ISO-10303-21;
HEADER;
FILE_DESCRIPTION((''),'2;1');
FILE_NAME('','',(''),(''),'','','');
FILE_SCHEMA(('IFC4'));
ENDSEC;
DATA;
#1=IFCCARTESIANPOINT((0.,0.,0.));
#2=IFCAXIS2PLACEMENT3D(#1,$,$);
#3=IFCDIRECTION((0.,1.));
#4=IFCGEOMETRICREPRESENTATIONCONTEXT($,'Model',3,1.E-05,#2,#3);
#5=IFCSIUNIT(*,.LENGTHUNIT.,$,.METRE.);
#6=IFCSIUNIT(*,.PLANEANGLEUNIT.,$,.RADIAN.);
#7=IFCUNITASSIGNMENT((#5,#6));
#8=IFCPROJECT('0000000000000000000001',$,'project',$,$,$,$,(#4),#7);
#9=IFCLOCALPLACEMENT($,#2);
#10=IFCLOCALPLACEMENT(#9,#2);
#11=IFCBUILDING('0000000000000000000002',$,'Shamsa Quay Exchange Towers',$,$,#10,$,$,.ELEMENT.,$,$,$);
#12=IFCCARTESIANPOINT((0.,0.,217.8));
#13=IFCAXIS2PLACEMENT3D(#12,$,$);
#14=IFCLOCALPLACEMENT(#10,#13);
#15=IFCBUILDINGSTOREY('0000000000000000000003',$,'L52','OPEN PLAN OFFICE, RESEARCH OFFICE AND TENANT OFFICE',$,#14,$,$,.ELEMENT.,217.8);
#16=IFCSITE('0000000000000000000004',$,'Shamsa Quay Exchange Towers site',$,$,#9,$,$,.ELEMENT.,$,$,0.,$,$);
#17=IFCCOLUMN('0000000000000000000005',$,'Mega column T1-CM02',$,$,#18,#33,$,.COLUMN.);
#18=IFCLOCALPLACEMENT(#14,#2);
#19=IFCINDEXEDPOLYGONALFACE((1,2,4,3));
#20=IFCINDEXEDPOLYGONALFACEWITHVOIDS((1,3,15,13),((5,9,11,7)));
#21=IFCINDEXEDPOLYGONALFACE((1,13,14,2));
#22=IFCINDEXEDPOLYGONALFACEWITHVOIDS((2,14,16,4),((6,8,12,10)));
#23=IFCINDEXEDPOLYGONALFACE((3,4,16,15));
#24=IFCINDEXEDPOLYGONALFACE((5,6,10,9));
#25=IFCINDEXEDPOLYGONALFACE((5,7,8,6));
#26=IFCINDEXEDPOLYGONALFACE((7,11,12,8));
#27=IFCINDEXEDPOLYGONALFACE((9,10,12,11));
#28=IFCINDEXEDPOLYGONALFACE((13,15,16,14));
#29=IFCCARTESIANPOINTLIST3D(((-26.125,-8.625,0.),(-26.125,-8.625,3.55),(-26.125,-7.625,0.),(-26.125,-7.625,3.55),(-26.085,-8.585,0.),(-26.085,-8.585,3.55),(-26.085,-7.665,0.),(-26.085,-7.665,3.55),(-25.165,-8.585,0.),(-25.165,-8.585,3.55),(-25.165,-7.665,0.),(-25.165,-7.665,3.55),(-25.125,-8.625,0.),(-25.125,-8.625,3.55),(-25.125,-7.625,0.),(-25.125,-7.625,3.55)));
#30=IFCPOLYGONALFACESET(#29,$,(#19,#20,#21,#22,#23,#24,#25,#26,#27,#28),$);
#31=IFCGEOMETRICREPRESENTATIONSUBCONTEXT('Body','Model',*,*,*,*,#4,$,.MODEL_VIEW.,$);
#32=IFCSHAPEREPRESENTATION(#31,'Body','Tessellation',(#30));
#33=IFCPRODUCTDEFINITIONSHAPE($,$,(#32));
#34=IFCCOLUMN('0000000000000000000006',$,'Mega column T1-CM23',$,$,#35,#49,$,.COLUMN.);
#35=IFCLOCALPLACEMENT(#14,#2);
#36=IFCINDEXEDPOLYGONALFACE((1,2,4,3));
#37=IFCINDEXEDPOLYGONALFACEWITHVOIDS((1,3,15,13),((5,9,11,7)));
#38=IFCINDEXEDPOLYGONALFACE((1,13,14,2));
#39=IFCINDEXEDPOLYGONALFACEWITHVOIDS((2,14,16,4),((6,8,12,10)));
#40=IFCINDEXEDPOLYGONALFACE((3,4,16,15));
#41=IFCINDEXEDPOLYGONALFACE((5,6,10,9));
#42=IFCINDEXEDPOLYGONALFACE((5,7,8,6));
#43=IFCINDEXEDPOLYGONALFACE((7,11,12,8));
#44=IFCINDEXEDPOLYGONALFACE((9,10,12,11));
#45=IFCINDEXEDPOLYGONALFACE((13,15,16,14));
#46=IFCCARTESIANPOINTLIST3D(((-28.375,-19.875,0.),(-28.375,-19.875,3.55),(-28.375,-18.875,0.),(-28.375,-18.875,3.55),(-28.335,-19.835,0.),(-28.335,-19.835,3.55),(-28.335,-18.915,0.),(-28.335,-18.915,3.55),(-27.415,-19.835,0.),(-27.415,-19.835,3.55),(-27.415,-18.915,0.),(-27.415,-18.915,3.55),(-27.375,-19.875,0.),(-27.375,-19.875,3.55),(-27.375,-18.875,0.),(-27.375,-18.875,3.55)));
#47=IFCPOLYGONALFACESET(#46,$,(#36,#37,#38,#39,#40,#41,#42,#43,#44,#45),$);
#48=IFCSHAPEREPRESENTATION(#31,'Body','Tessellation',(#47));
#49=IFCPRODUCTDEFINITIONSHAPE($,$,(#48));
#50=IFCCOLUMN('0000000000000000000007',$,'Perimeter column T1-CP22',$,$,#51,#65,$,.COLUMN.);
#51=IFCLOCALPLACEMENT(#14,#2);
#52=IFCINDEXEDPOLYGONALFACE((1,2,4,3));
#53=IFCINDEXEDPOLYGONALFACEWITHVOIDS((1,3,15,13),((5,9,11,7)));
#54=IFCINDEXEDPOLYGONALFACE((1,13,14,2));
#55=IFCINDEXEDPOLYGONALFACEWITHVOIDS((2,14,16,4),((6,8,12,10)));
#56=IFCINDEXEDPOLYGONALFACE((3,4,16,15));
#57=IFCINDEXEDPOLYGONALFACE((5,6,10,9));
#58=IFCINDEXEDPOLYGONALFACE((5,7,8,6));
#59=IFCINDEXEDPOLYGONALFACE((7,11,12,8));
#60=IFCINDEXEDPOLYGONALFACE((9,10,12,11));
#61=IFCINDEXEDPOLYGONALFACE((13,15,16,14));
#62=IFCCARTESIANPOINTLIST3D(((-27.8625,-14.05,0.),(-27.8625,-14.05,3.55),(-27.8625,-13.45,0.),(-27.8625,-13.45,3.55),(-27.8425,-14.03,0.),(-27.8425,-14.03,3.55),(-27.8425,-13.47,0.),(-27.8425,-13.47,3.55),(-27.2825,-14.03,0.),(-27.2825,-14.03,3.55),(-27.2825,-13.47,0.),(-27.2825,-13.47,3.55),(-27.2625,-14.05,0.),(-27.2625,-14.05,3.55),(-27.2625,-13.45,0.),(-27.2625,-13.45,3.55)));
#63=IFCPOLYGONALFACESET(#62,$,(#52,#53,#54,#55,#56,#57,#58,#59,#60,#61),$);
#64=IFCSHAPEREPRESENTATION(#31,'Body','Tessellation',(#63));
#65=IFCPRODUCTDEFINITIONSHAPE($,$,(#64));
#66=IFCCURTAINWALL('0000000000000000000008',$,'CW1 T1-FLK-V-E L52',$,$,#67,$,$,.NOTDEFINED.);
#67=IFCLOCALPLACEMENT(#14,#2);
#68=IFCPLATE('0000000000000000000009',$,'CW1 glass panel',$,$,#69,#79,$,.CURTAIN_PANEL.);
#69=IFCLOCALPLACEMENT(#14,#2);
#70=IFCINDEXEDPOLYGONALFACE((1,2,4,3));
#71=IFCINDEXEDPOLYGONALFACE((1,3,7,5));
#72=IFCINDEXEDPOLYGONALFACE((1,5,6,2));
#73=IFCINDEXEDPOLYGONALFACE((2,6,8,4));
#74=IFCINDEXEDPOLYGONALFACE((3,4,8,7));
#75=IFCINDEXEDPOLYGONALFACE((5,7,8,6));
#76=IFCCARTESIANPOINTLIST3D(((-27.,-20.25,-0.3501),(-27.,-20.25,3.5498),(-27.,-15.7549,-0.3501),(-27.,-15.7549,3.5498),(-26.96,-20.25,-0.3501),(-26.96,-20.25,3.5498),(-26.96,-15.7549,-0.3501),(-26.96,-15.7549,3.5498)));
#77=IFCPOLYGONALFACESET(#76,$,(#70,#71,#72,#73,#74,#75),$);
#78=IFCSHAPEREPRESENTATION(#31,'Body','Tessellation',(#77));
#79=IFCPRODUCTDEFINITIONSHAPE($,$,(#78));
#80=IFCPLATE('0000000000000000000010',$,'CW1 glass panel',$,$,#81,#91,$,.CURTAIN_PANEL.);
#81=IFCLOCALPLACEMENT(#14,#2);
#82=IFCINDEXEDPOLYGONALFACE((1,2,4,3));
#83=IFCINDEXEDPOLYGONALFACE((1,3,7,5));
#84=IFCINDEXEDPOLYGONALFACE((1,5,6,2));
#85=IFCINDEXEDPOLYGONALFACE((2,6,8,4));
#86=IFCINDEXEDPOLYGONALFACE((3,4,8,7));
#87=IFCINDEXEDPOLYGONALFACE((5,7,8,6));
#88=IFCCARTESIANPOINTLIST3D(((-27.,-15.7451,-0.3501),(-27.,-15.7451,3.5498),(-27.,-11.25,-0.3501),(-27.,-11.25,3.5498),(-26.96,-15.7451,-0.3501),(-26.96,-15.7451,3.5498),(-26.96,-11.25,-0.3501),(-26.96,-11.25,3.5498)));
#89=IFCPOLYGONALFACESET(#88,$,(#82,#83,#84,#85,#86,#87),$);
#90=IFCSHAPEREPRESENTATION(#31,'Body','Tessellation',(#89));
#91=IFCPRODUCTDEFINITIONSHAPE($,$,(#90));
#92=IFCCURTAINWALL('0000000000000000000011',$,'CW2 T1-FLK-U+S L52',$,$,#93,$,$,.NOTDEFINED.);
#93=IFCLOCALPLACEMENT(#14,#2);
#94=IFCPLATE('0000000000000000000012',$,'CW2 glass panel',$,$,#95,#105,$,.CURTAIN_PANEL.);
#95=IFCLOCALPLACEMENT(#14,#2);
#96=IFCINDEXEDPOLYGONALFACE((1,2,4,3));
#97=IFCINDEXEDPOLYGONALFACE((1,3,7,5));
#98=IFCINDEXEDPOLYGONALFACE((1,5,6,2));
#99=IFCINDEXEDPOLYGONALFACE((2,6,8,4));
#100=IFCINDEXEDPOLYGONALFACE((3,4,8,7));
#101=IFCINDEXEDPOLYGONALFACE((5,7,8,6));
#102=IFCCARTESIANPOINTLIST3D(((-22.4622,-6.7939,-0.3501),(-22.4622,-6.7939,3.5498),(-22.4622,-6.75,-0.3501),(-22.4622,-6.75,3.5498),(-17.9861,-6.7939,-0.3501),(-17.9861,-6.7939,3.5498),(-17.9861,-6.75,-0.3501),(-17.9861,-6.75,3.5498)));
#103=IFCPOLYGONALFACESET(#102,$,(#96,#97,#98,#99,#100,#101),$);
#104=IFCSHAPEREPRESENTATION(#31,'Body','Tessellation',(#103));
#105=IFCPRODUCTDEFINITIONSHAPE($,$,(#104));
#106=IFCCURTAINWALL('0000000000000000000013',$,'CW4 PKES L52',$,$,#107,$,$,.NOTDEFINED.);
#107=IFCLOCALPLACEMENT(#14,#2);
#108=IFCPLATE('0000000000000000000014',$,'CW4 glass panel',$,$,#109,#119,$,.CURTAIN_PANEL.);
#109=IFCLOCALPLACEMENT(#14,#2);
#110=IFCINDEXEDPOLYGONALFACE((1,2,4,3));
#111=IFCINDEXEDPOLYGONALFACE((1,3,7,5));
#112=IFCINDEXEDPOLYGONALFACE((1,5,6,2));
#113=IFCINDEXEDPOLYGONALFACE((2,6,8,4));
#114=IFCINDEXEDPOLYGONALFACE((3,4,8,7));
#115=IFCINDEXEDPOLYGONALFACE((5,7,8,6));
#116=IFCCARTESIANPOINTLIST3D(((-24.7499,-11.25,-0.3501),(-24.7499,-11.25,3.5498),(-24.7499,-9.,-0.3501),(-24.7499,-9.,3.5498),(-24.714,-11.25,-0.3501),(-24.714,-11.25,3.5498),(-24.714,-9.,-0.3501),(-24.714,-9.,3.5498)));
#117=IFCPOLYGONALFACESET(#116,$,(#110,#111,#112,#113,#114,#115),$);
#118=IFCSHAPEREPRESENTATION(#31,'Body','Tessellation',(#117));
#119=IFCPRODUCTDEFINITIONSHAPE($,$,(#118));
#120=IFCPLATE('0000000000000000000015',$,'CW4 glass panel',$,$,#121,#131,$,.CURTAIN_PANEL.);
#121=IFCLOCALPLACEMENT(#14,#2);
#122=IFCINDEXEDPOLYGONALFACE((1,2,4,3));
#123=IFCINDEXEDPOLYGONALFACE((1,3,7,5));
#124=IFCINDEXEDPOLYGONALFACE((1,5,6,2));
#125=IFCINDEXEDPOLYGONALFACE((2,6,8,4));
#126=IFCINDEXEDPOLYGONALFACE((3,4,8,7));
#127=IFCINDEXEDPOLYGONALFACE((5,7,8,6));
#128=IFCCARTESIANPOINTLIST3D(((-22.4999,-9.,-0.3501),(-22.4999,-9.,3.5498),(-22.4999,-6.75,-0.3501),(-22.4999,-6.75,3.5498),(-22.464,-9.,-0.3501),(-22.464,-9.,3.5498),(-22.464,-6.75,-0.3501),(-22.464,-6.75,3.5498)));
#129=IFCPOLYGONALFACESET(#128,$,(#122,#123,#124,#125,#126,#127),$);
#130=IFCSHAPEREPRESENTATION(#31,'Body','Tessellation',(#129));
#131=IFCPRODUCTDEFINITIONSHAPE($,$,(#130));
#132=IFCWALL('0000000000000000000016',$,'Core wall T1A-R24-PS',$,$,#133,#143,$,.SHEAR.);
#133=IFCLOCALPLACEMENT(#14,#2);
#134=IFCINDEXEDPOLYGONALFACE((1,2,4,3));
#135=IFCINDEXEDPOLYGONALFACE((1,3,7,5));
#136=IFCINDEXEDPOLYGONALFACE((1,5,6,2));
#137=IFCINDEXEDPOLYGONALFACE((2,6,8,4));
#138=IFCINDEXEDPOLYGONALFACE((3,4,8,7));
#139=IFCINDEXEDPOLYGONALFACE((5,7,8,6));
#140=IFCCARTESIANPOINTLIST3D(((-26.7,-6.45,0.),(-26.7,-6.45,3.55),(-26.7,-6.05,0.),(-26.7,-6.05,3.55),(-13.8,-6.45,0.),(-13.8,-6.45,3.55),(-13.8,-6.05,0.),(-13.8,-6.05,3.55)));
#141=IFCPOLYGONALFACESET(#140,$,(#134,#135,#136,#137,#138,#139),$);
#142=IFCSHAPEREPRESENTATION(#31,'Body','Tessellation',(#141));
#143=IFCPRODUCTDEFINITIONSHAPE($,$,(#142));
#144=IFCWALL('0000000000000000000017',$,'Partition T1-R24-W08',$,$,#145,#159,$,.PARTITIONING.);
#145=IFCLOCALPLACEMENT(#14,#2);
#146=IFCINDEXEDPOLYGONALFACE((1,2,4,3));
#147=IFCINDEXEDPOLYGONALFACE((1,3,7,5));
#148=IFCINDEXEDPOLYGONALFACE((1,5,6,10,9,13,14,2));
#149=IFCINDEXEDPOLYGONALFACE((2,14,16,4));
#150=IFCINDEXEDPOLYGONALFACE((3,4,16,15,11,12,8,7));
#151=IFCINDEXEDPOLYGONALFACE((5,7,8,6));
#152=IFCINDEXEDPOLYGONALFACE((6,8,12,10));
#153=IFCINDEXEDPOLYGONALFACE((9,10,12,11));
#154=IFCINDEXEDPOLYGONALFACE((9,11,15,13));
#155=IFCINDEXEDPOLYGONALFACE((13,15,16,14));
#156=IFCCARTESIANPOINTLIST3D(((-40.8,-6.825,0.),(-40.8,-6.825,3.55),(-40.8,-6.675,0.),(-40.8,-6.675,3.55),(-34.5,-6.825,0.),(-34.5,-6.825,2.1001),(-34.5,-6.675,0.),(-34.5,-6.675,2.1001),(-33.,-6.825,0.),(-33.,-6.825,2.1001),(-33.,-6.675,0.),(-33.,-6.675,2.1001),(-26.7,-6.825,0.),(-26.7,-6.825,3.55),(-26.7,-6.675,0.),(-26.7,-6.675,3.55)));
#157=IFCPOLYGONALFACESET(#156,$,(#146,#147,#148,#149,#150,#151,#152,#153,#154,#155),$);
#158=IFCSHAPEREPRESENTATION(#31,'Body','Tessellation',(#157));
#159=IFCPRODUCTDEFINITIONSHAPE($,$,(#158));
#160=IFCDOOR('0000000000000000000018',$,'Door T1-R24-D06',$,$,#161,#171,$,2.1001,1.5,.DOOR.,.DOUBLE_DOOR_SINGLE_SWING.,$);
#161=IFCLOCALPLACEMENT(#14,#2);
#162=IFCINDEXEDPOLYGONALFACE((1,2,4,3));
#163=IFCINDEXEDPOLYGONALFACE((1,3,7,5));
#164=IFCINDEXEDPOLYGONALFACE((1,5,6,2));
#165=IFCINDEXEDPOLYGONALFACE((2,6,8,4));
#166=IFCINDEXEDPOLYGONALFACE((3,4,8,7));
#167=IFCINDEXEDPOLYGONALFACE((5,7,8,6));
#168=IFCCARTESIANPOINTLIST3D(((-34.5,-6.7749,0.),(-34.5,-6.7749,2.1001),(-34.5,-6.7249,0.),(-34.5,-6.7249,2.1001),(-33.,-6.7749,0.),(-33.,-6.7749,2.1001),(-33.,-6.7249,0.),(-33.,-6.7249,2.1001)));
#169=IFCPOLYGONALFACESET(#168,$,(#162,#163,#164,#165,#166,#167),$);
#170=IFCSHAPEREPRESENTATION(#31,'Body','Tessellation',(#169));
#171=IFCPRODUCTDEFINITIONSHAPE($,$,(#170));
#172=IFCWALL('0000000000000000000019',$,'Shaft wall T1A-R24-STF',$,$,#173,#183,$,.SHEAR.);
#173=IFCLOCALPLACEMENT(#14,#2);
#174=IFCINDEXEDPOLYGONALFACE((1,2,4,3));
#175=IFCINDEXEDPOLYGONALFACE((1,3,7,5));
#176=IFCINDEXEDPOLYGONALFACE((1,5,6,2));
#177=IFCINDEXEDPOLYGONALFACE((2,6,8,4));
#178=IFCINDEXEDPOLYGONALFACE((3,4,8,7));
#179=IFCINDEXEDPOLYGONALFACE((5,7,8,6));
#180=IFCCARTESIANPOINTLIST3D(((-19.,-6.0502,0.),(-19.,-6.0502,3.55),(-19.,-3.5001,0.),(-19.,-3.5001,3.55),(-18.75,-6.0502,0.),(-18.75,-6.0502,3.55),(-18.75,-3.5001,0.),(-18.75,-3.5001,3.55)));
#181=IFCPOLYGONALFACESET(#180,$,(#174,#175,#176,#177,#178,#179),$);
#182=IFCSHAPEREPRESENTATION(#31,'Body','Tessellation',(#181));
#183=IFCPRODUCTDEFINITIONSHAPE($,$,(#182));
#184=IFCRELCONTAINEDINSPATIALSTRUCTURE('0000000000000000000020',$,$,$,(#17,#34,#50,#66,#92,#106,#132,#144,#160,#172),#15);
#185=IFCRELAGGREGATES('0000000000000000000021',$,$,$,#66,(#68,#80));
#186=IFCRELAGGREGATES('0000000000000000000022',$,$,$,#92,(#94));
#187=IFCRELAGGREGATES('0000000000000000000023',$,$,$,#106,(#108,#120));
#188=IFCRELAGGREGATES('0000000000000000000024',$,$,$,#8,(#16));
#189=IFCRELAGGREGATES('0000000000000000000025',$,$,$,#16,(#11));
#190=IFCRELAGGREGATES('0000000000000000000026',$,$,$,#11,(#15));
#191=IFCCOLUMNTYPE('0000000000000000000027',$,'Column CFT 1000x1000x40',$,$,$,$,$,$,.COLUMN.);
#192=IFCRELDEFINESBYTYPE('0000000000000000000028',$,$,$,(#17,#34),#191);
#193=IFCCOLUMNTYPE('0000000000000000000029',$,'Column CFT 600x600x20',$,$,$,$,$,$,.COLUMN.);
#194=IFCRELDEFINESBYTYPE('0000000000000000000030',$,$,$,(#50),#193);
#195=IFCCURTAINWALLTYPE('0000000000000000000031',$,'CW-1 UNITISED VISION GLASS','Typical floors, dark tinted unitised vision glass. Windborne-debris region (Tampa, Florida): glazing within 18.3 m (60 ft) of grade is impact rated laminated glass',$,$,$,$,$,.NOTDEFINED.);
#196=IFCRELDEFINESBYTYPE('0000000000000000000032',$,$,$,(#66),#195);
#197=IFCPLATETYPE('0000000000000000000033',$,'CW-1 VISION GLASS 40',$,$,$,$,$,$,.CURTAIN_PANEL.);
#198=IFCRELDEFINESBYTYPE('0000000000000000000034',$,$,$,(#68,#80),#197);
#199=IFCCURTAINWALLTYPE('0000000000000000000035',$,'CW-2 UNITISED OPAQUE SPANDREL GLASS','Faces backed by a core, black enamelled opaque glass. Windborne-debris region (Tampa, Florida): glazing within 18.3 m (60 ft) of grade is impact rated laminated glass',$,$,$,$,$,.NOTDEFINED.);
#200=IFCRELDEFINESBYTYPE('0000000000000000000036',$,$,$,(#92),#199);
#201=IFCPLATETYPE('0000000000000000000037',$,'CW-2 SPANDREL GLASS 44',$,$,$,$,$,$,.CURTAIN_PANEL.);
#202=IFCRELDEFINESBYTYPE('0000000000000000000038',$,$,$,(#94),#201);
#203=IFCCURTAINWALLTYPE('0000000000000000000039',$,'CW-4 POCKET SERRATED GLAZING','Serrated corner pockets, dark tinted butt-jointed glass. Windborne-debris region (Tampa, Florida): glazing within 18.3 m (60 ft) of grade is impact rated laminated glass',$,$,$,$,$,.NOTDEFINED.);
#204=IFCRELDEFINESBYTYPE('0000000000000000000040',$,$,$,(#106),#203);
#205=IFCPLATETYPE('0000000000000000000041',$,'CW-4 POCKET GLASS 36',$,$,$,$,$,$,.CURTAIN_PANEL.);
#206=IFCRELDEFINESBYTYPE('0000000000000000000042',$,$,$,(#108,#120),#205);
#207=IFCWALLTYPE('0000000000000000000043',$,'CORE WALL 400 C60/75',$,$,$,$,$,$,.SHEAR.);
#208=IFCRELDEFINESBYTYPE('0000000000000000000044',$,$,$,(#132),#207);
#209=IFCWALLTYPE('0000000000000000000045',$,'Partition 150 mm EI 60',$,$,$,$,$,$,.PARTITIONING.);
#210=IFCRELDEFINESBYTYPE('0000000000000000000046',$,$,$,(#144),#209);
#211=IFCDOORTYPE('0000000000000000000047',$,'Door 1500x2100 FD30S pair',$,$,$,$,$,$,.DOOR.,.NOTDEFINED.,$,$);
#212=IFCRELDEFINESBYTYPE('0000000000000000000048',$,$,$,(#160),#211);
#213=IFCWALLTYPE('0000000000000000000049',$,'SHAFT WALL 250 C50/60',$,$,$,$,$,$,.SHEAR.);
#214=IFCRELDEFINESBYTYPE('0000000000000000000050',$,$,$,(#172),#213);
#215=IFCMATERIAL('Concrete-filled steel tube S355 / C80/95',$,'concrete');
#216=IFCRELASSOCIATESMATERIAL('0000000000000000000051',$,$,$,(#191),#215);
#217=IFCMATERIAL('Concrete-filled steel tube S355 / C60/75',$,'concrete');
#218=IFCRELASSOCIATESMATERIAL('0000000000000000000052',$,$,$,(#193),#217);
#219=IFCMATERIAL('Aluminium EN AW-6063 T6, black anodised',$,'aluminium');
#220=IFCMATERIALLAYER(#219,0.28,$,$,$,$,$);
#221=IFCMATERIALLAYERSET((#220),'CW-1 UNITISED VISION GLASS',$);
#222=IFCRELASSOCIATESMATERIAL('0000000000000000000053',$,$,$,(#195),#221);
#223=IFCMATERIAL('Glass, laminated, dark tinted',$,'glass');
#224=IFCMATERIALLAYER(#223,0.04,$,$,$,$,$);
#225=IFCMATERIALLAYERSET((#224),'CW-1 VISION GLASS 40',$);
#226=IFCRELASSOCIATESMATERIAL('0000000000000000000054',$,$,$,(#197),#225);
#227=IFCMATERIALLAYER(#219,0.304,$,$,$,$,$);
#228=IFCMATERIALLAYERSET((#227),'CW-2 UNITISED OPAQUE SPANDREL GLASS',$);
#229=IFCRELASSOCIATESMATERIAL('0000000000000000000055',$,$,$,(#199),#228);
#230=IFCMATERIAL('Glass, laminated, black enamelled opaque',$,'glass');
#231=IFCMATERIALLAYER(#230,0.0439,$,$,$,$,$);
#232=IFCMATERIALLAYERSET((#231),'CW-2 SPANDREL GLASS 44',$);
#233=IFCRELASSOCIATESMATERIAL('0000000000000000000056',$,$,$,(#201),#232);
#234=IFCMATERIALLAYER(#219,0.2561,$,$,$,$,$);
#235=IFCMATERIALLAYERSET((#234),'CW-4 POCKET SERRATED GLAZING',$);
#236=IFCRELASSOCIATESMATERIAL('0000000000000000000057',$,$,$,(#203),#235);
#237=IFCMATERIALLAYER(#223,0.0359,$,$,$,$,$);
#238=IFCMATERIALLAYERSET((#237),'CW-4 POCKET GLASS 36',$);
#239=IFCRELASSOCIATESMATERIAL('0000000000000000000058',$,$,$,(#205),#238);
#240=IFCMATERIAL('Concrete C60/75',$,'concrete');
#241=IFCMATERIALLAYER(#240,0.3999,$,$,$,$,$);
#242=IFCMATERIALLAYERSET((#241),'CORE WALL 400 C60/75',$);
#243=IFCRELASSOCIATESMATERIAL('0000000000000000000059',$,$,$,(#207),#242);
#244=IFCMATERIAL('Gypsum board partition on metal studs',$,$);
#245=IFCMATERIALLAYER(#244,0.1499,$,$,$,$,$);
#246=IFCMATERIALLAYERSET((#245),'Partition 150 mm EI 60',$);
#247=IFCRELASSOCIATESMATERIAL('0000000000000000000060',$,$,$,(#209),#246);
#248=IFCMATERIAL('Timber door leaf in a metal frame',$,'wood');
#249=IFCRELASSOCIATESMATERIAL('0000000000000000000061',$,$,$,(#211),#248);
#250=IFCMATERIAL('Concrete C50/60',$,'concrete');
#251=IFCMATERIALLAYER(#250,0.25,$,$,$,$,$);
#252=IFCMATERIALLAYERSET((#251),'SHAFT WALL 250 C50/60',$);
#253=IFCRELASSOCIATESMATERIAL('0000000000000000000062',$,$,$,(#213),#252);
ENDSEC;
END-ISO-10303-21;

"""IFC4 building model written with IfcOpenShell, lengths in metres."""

from ifc_helpers import new_model, si_unit, direction, frame, frame_2d, origin, origin_2d, place, context, subcontext, project, spatial, rectangle, hollow_rectangle, extrude, material, layer, layer_set, material_profile, profile_set, type_object, element, fill, aggregate, save


model = new_model("IFC4")

# Units and contexts
model_context = context("Model", 3, precision=1e-05, world=origin(), true_north=direction((0.0, 1.0)))
body_context = subcontext(model_context, "Body", "Model", "MODEL_VIEW")
ifc_project = project(units=[si_unit("LENGTHUNIT", "METRE"), si_unit("PLANEANGLEUNIT", "RADIAN")], contexts=[model_context])

# Site, building, storey
site_placement = place(None, origin())
site = spatial("IfcSite", under=ifc_project, at=site_placement, Name="Shamsa Quay Exchange Towers site", CompositionType="ELEMENT", RefElevation=0.0)
building_placement = place(site_placement, origin())
building = spatial("IfcBuilding", under=site, at=building_placement, Name="Shamsa Quay Exchange Towers", CompositionType="ELEMENT")
storey_placement = place(building_placement, frame((0.0, 0.0, 217.8)))
storey = spatial("IfcBuildingStorey", under=building, at=storey_placement, Name="L52", Description="OPEN PLAN OFFICE, RESEARCH OFFICE AND TENANT OFFICE", CompositionType="ELEMENT", Elevation=217.8)

# Columns
ifc_material_1 = material(Name="Concrete-filled steel tube S355 / C80/95", Category="concrete")
ifc_material_profile_1 = material_profile(ifc_material_1, hollow_rectangle(XDim=1.0, YDim=1.0, WallThickness=0.04, at=origin_2d()), Name="CFT 1000x1000x40")
ifc_profile_set_1 = profile_set([ifc_material_profile_1], Name="Concrete-filled steel tube S355 / C80/95")
column_type_1 = type_object("IfcColumnType", Name="Column CFT 1000x1000x40", PredefinedType="COLUMN", material=ifc_profile_set_1)
for number, where, name in (
    (1, (-25.625, -8.125, 0.0), "Mega column T1-CM02"),
    (2, (-27.875, -19.375, 0.0), "Mega column T1-CM23"),
):
    element("IfcColumn", number, at=place(storey_placement, frame(where)), inside=storey, type_object=column_type_1, Name=name, PredefinedType="COLUMN", context=body_context, shape_type="SweptSolid", body=[
        extrude(hollow_rectangle(XDim=1.0, YDim=1.0, WallThickness=0.04, at=origin_2d()), origin(), (0.0, 0.0, 1.0), 3.55),
    ])
ifc_material_2 = material(Name="Concrete-filled steel tube S355 / C60/75", Category="concrete")
ifc_material_profile_2 = material_profile(ifc_material_2, hollow_rectangle(XDim=0.6001, YDim=0.6001, WallThickness=0.02, at=origin_2d()), Name="CFT 600x600x20")
ifc_profile_set_2 = profile_set([ifc_material_profile_2], Name="Concrete-filled steel tube S355 / C60/75")
column_type_2 = type_object("IfcColumnType", Name="Column CFT 600x600x20", PredefinedType="COLUMN", material=ifc_profile_set_2)
column_placement = place(storey_placement, frame((-27.5625, -13.75, 0.0)))
element("IfcColumn", 3, at=column_placement, inside=storey, type_object=column_type_2, Name="Perimeter column T1-CP22", PredefinedType="COLUMN", context=body_context, shape_type="SweptSolid", body=[
    extrude(hollow_rectangle(XDim=0.6001, YDim=0.6001, WallThickness=0.02, at=origin_2d()), origin(), (0.0, 0.0, 1.0), 3.55),
])

# Curtain wall, plates
ifc_material_3 = material(Name="Aluminium EN AW-6063 T6, black anodised", Category="aluminium")
ifc_layer_1 = layer(ifc_material_3, 0.28)
ifc_layer_set_1 = layer_set([ifc_layer_1], Name="CW-1 UNITISED VISION GLASS")
curtain_wall_type_1 = type_object("IfcCurtainWallType", Name="CW-1 UNITISED VISION GLASS", Description="Typical floors, dark tinted unitised vision glass. Windborne-debris region (Tampa, Florida): glazing within 18.3 m (60 ft) of grade is impact rated laminated glass", PredefinedType="NOTDEFINED", material=ifc_layer_set_1)
curtain_wall_1_placement = place(storey_placement, origin())
curtain_wall_1 = element("IfcCurtainWall", 4, at=curtain_wall_1_placement, inside=storey, type_object=curtain_wall_type_1, Name="CW1 T1-FLK-V-E L52", PredefinedType="NOTDEFINED")
ifc_material_4 = material(Name="Glass, laminated, dark tinted", Category="glass")
ifc_layer_2 = layer(ifc_material_4, 0.04)
ifc_layer_set_2 = layer_set([ifc_layer_2], Name="CW-1 VISION GLASS 40")
plate_type_1 = type_object("IfcPlateType", Name="CW-1 VISION GLASS 40", PredefinedType="CURTAIN_PANEL", material=ifc_layer_set_2)
plate_1_placement = place(storey_placement, frame((-26.98, -18.0024, -0.3501), z_axis=(0.0, 0.0, 1.0), x_axis=(0.0, 1.0, 0.0)))
plate_1 = element("IfcPlate", 5, at=plate_1_placement, type_object=plate_type_1, Name="CW1 glass panel", PredefinedType="CURTAIN_PANEL", context=body_context, shape_type="SweptSolid", body=[
    extrude(rectangle(XDim=4.4951, YDim=0.04, at=origin_2d()), origin(), (0.0, 0.0, 1.0), 3.8999),
])
plate_2_placement = place(storey_placement, frame((-26.98, -13.4976, -0.3501), z_axis=(0.0, 0.0, 1.0), x_axis=(0.0, 1.0, 0.0)))
plate_2 = element("IfcPlate", 6, at=plate_2_placement, type_object=plate_type_1, Name="CW1 glass panel", PredefinedType="CURTAIN_PANEL", context=body_context, shape_type="SweptSolid", body=[
    extrude(rectangle(XDim=4.4951, YDim=0.04, at=origin_2d()), origin(), (0.0, 0.0, 1.0), 3.8999),
])
aggregate(curtain_wall_1, [plate_1, plate_2])

# Curtain wall, plate
ifc_layer_3 = layer(ifc_material_3, 0.304)
ifc_layer_set_3 = layer_set([ifc_layer_3], Name="CW-2 UNITISED OPAQUE SPANDREL GLASS")
curtain_wall_type_2 = type_object("IfcCurtainWallType", Name="CW-2 UNITISED OPAQUE SPANDREL GLASS", Description="Faces backed by a core, black enamelled opaque glass. Windborne-debris region (Tampa, Florida): glazing within 18.3 m (60 ft) of grade is impact rated laminated glass", PredefinedType="NOTDEFINED", material=ifc_layer_set_3)
curtain_wall_2_placement = place(storey_placement, origin())
curtain_wall_2 = element("IfcCurtainWall", 7, at=curtain_wall_2_placement, inside=storey, type_object=curtain_wall_type_2, Name="CW2 T1-FLK-U+S L52", PredefinedType="NOTDEFINED")
ifc_material_5 = material(Name="Glass, laminated, black enamelled opaque", Category="glass")
ifc_layer_4 = layer(ifc_material_5, 0.0439)
ifc_layer_set_4 = layer_set([ifc_layer_4], Name="CW-2 SPANDREL GLASS 44")
plate_type_2 = type_object("IfcPlateType", Name="CW-2 SPANDREL GLASS 44", PredefinedType="CURTAIN_PANEL", material=ifc_layer_set_4)
plate_3_placement = place(storey_placement, frame((-20.2241, -6.772, -0.3501)))
plate_3 = element("IfcPlate", 8, at=plate_3_placement, type_object=plate_type_2, Name="CW2 glass panel", PredefinedType="CURTAIN_PANEL", context=body_context, shape_type="SweptSolid", body=[
    extrude(rectangle(XDim=4.4761, YDim=0.0439, at=origin_2d()), origin(), (0.0, 0.0, 1.0), 3.8999),
])
aggregate(curtain_wall_2, [plate_3])

# Curtain wall, plates
ifc_layer_5 = layer(ifc_material_3, 0.2561)
ifc_layer_set_5 = layer_set([ifc_layer_5], Name="CW-4 POCKET SERRATED GLAZING")
curtain_wall_type_3 = type_object("IfcCurtainWallType", Name="CW-4 POCKET SERRATED GLAZING", Description="Serrated corner pockets, dark tinted butt-jointed glass. Windborne-debris region (Tampa, Florida): glazing within 18.3 m (60 ft) of grade is impact rated laminated glass", PredefinedType="NOTDEFINED", material=ifc_layer_set_5)
curtain_wall_3_placement = place(storey_placement, origin())
curtain_wall_3 = element("IfcCurtainWall", 9, at=curtain_wall_3_placement, inside=storey, type_object=curtain_wall_type_3, Name="CW4 PKES L52", PredefinedType="NOTDEFINED")
ifc_layer_6 = layer(ifc_material_4, 0.0359)
ifc_layer_set_6 = layer_set([ifc_layer_6], Name="CW-4 POCKET GLASS 36")
plate_type_3 = type_object("IfcPlateType", Name="CW-4 POCKET GLASS 36", PredefinedType="CURTAIN_PANEL", material=ifc_layer_set_6)
plate_4_placement = place(storey_placement, frame((-24.7319, -10.125, -0.3501), z_axis=(0.0, 0.0, 1.0), x_axis=(0.0, 1.0, 0.0)))
plate_4 = element("IfcPlate", 10, at=plate_4_placement, type_object=plate_type_3, Name="CW4 glass panel", PredefinedType="CURTAIN_PANEL", context=body_context, shape_type="SweptSolid", body=[
    extrude(rectangle(XDim=2.25, YDim=0.0359, at=origin_2d()), origin(), (0.0, 0.0, 1.0), 3.8999),
])
plate_5_placement = place(storey_placement, frame((-22.4819, -7.875, -0.3501), z_axis=(0.0, 0.0, 1.0), x_axis=(0.0, 1.0, 0.0)))
plate_5 = element("IfcPlate", 11, at=plate_5_placement, type_object=plate_type_3, Name="CW4 glass panel", PredefinedType="CURTAIN_PANEL", context=body_context, shape_type="SweptSolid", body=[
    extrude(rectangle(XDim=2.25, YDim=0.0359, at=origin_2d()), origin(), (0.0, 0.0, 1.0), 3.8999),
])
aggregate(curtain_wall_3, [plate_4, plate_5])

# Wall
ifc_material_6 = material(Name="Concrete C60/75", Category="concrete")
ifc_layer_7 = layer(ifc_material_6, 0.3999)
ifc_layer_set_7 = layer_set([ifc_layer_7], Name="CORE WALL 400 C60/75")
wall_type_1 = type_object("IfcWallType", Name="CORE WALL 400 C60/75", PredefinedType="SHEAR", material=ifc_layer_set_7)
wall_1_placement = place(storey_placement, frame((-26.7, -6.25, 0.0)))
element("IfcWall", 12, at=wall_1_placement, inside=storey, type_object=wall_type_1, Name="Core wall T1A-R24-PS", PredefinedType="SHEAR", context=body_context, shape_type="SweptSolid", body=[
    extrude(rectangle(XDim=12.8999, YDim=0.3999, at=frame_2d((6.45, 0.0))), origin(), (0.0, 0.0, 1.0), 3.55),
])

# Wall, opening, door
ifc_material_7 = material(Name="Gypsum board partition on metal studs")
ifc_layer_8 = layer(ifc_material_7, 0.1499)
ifc_layer_set_8 = layer_set([ifc_layer_8], Name="Partition 150 mm EI 60")
wall_type_2 = type_object("IfcWallType", Name="Partition 150 mm EI 60", PredefinedType="PARTITIONING", material=ifc_layer_set_8)
wall_2_placement = place(storey_placement, frame((-26.7, -6.75, 0.0), z_axis=(0.0, 0.0, 1.0), x_axis=(-1.0, 0.0, 0.0)))
wall_2 = element("IfcWall", 13, at=wall_2_placement, inside=storey, type_object=wall_type_2, Name="Partition T1-R24-W08", PredefinedType="PARTITIONING", context=body_context, shape_type="SweptSolid", body=[
    extrude(rectangle(XDim=14.1001, YDim=0.1499, at=frame_2d((7.05, 0.0))), origin(), (0.0, 0.0, 1.0), 3.55),
])
opening_1_placement = place(wall_2_placement, frame((6.3, 0.0, 0.0)))
opening_1 = element("IfcOpeningElement", 14, at=opening_1_placement, cuts=wall_2, PredefinedType="OPENING", context=body_context, shape_type="SweptSolid", body=[
    extrude(rectangle(XDim=1.5, YDim=2.1001, at=frame_2d((0.75, 1.05))), frame((0.0, 0.085, 0.0), z_axis=(0.0, -1.0, 0.0), x_axis=(1.0, 0.0, 0.0)), (0.0, 0.0, 1.0), 0.1699),
])
ifc_material_8 = material(Name="Timber door leaf in a metal frame", Category="wood")
door_type_1 = type_object("IfcDoorType", Name="Door 1500x2100 FD30S pair", OperationType="NOTDEFINED", PredefinedType="DOOR", material=ifc_material_8)
door_1_placement = place(opening_1_placement, origin())
door_1 = element("IfcDoor", 15, at=door_1_placement, inside=storey, type_object=door_type_1, Name="Door T1-R24-D06", OperationType="DOUBLE_DOOR_SINGLE_SWING", OverallHeight=2.1001, OverallWidth=1.5, PredefinedType="DOOR", context=body_context, shape_type="SweptSolid", body=[
    extrude(rectangle(XDim=1.5, YDim=2.1001, at=frame_2d((0.75, 1.05))), frame((0.0, 0.0249, 0.0), z_axis=(0.0, -1.0, 0.0), x_axis=(1.0, 0.0, 0.0)), (0.0, 0.0, 1.0), 0.05),
])
fill(opening_1, door_1)

# Wall
ifc_material_9 = material(Name="Concrete C50/60", Category="concrete")
ifc_layer_9 = layer(ifc_material_9, 0.25)
ifc_layer_set_9 = layer_set([ifc_layer_9], Name="SHAFT WALL 250 C50/60")
wall_type_3 = type_object("IfcWallType", Name="SHAFT WALL 250 C50/60", PredefinedType="SHEAR", material=ifc_layer_set_9)
wall_3_placement = place(storey_placement, frame((-18.875, -6.05, 0.0), z_axis=(0.0, 0.0, 1.0), x_axis=(0.0, 1.0, 0.0)))
element("IfcWall", 16, at=wall_3_placement, inside=storey, type_object=wall_type_3, Name="Shaft wall T1A-R24-STF", PredefinedType="SHEAR", context=body_context, shape_type="SweptSolid", body=[
    extrude(rectangle(XDim=2.55, YDim=0.25, at=frame_2d((1.2749, 0.0))), origin(), (0.0, 0.0, 1.0), 3.55),
])

save(model, "model.ifc")
